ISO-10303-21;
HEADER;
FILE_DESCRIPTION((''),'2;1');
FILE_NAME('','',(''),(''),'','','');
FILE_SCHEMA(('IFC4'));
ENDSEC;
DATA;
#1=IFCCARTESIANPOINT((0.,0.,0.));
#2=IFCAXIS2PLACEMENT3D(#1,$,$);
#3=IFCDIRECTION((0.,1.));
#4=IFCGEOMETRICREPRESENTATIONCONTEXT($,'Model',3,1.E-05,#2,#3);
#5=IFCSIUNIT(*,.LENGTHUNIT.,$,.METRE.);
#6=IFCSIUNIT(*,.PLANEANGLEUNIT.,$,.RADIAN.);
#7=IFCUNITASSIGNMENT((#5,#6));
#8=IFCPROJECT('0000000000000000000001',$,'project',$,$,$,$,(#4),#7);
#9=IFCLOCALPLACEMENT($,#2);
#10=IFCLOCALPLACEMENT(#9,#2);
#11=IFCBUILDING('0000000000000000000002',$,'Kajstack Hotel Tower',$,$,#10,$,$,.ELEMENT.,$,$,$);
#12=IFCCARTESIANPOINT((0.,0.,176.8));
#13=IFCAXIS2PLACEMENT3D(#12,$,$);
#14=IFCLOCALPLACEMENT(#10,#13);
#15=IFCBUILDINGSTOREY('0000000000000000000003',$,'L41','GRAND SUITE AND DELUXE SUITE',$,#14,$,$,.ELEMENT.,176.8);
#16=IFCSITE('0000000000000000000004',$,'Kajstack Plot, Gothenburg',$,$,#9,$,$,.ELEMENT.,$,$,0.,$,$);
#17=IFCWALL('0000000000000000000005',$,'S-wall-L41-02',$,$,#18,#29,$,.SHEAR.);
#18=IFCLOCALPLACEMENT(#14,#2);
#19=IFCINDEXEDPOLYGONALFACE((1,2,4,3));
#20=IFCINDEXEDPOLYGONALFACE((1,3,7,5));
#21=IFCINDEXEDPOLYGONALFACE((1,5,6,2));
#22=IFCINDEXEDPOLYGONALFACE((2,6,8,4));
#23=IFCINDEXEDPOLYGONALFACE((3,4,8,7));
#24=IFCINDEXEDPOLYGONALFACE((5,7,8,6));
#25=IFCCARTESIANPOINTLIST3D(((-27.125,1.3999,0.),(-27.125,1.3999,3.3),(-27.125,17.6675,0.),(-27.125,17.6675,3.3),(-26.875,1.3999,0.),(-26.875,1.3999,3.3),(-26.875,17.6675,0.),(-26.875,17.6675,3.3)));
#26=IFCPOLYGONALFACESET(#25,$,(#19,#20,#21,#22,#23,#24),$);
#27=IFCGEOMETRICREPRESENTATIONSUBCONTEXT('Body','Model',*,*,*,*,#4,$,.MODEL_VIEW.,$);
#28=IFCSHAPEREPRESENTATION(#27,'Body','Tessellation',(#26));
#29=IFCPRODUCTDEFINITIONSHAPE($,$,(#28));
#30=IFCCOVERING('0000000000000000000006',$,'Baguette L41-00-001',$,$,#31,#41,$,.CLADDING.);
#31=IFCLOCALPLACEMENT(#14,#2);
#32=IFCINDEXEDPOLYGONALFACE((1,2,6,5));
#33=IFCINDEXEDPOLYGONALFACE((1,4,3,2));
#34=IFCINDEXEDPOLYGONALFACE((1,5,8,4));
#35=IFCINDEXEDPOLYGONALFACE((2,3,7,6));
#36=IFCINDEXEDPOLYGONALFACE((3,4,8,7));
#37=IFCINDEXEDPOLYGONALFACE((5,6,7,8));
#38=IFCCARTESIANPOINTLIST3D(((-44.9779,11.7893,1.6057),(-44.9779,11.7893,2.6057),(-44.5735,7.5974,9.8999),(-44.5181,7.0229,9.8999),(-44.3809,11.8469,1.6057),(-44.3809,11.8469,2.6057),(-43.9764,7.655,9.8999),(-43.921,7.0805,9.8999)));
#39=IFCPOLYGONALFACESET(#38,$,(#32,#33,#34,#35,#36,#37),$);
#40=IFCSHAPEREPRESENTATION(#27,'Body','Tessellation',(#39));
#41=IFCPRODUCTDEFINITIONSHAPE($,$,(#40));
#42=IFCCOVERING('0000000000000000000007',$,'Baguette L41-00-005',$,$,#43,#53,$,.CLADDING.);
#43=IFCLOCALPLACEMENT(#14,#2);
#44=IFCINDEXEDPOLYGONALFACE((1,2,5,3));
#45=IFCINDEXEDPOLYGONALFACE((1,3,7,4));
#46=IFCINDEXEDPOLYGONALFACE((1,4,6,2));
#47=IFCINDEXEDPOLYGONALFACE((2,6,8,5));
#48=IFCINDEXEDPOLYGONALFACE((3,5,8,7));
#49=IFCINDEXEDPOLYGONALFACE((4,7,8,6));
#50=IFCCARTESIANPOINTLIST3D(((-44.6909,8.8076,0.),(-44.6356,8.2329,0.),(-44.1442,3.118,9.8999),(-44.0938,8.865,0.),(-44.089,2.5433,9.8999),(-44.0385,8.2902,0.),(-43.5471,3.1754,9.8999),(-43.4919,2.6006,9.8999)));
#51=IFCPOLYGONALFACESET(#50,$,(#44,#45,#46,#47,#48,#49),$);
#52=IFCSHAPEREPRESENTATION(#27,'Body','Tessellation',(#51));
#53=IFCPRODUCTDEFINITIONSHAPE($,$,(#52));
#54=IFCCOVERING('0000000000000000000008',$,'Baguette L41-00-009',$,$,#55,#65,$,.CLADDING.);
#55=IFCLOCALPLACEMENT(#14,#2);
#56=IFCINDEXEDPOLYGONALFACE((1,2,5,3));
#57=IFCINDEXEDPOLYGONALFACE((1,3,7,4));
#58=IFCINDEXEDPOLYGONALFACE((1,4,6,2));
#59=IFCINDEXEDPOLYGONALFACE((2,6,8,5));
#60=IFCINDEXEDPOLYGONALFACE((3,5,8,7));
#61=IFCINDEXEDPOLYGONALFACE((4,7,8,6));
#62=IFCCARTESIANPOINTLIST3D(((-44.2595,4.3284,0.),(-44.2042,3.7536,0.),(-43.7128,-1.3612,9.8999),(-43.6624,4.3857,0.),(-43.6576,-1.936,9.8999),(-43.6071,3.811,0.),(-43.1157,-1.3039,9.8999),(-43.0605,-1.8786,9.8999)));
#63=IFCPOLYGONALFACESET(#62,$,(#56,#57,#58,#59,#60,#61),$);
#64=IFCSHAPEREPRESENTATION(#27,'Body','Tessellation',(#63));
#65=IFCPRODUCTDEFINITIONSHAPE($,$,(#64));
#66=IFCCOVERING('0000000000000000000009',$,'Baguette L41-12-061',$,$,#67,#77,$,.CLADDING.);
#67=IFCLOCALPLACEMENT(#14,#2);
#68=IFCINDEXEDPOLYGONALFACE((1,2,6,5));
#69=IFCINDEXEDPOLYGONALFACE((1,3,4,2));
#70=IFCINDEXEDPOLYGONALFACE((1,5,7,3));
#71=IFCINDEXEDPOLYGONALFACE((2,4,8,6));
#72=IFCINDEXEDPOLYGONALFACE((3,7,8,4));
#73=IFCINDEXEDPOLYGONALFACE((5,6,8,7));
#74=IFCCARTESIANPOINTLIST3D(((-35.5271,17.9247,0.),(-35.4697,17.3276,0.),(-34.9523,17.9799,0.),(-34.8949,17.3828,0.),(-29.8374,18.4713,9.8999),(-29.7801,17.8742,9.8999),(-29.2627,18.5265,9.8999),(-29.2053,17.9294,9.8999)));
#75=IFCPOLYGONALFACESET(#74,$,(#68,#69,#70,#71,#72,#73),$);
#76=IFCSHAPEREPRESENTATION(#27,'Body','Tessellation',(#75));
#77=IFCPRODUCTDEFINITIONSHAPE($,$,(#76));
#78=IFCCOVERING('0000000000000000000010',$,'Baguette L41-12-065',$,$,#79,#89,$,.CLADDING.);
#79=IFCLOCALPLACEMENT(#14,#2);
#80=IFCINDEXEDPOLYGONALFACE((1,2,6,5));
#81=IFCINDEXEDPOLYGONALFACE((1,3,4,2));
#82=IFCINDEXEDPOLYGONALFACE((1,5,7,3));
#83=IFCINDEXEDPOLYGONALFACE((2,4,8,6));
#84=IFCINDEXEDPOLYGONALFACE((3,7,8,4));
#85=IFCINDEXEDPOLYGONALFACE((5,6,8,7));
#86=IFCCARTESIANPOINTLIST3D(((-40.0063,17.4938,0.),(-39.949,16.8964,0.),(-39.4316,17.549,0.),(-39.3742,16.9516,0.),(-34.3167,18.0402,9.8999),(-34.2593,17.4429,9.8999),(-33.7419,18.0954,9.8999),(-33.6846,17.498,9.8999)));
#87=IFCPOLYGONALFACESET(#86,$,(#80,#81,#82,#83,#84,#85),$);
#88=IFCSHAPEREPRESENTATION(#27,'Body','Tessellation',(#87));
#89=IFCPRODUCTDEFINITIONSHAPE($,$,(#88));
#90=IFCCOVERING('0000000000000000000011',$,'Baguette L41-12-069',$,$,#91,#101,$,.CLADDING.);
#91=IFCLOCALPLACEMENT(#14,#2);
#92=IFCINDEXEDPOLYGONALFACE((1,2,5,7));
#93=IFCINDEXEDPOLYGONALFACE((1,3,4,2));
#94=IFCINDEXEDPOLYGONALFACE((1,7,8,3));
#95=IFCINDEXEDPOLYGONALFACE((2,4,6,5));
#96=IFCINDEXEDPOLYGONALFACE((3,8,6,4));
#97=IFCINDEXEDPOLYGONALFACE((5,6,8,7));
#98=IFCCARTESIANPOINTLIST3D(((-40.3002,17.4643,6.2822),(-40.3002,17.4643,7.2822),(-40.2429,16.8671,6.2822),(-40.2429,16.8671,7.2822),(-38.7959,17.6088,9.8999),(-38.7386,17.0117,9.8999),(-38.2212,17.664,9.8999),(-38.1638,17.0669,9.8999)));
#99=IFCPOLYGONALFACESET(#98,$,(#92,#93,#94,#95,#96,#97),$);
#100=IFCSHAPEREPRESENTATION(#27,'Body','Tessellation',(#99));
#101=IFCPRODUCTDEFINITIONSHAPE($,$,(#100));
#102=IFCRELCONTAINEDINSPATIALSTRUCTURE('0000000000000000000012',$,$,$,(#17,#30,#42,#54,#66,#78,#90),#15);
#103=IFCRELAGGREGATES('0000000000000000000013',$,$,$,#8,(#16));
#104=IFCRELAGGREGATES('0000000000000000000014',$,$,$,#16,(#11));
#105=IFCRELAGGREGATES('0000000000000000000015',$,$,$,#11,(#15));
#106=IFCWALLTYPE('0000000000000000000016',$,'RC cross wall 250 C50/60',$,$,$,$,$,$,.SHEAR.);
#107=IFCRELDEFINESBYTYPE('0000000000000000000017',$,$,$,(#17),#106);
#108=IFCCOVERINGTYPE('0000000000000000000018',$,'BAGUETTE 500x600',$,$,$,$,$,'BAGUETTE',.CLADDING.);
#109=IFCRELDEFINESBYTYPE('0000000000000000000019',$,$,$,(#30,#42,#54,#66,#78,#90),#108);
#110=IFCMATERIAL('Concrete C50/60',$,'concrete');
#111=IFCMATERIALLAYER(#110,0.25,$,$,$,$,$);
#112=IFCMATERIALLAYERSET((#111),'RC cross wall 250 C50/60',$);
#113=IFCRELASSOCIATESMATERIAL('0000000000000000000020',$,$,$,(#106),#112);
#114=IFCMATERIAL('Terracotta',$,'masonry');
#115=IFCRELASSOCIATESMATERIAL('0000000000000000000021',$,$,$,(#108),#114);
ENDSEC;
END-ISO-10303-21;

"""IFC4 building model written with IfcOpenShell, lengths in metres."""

from ifc_helpers import new_model, si_unit, direction, frame, frame_2d, origin, origin_2d, place, context, subcontext, project, spatial, polyline, rectangle, outline, extrude, material, layer, layer_set, material_profile, profile_set, type_object, element, save


model = new_model("IFC4")

# Units and contexts
model_context = context("Model", 3, precision=1e-05, world=origin(), true_north=direction((0.0, 1.0)))
body_context = subcontext(model_context, "Body", "Model", "MODEL_VIEW")
ifc_project = project(units=[si_unit("LENGTHUNIT", "METRE"), si_unit("PLANEANGLEUNIT", "RADIAN")], contexts=[model_context])

# Site, building, storey
site_placement = place(None, origin())
site = spatial("IfcSite", under=ifc_project, at=site_placement, Name="Kajstack Plot, Gothenburg", CompositionType="ELEMENT", RefElevation=0.0)
building_placement = place(site_placement, origin())
building = spatial("IfcBuilding", under=site, at=building_placement, Name="Kajstack Hotel Tower", CompositionType="ELEMENT")
storey_placement = place(building_placement, frame((0.0, 0.0, 176.8)))
storey = spatial("IfcBuildingStorey", under=building, at=storey_placement, Name="L41", Description="GRAND SUITE AND DELUXE SUITE", CompositionType="ELEMENT", Elevation=176.8)

# Wall
ifc_material_1 = material(Name="Concrete C50/60", Category="concrete")
ifc_layer_1 = layer(ifc_material_1, 0.25)
ifc_layer_set_1 = layer_set([ifc_layer_1], Name="RC cross wall 250 C50/60")
wall_type_1 = type_object("IfcWallType", Name="RC cross wall 250 C50/60", PredefinedType="SHEAR", material=ifc_layer_set_1)
wall_1_placement = place(storey_placement, frame((-27.0, 1.3999, 0.0), z_axis=(0.0, 0.0, 1.0), x_axis=(0.0, 1.0, 0.0)))
element("IfcWall", 1, at=wall_1_placement, inside=storey, type_object=wall_type_1, Name="S-wall-L41-02", PredefinedType="SHEAR", context=body_context, shape_type="SweptSolid", body=[
    extrude(rectangle(XDim=16.2676, YDim=0.25, at=frame_2d((8.1338, 0.0))), origin(), (0.0, 0.0, 1.0), 3.3),
])

# Coverings
ifc_material_2 = material(Name="Terracotta", Category="masonry")
ifc_material_profile = material_profile(ifc_material_2, rectangle(XDim=0.6001, YDim=0.5, at=origin_2d()), Name="Terracotta-clad concrete baguette 500 x 600")
ifc_profile_set = profile_set([ifc_material_profile], Name="Terracotta")
covering_type = type_object("IfcCoveringType", Name="BAGUETTE 500x600", ElementType="BAGUETTE", PredefinedType="CLADDING", material=ifc_profile_set)
covering_1_placement = place(storey_placement, frame((-44.3809, 11.8469, 0.0), z_axis=(-0.995378, -0.096038, 0.0), x_axis=(0.096038, -0.995378, 0.0)))
element("IfcCovering", 2, at=covering_1_placement, inside=storey, type_object=covering_type, Name="Baguette L41-00-001", PredefinedType="CLADDING", context=body_context, shape_type="SweptSolid", body=[
    extrude(outline(polyline([(4.2114, 9.8999), (0.0, 2.6057), (0.0, 1.6057), (4.7886, 9.8999), (4.2114, 9.8999)])), origin(), (0.0, 0.0, 1.0), 0.5999),
])
for number, where, z_axis, x_axis, name in (
    (3, (-44.0938, 8.865, 0.0), (-0.995416, -0.095635, 0.0), (0.095635, -0.995416, 0.0), "Baguette L41-00-005"),
    (4, (-43.6624, 4.3857, 0.0), (-0.995416, -0.095635, 0.0), (0.095635, -0.995416, 0.0), "Baguette L41-00-009"),
):
    element("IfcCovering", number, at=place(storey_placement, frame(where, z_axis=z_axis, x_axis=x_axis)), inside=storey, type_object=covering_type, Name=name, PredefinedType="CLADDING", context=body_context, shape_type="SweptSolid", body=[
        extrude(outline(polyline([(5.7158, 9.8999), (0.0, 0.0), (0.5774, 0.0), (6.2932, 9.8999), (5.7158, 9.8999)])), origin(), (0.0, 0.0, 1.0), 0.5999),
    ])
covering_2_placement = place(storey_placement, frame((-29.2053, 17.9294, 0.0), z_axis=(-0.095635, 0.995416, 0.0), x_axis=(-0.995416, -0.095635, 0.0)))
element("IfcCovering", 5, at=covering_2_placement, inside=storey, type_object=covering_type, Name="Baguette L41-12-061", PredefinedType="CLADDING", context=body_context, shape_type="SweptSolid", body=[
    extrude(outline(polyline([(0.0, 9.8999), (5.7158, 0.0), (6.2932, 0.0), (0.5774, 9.8999), (0.0, 9.8999)])), origin(), (0.0, 0.0, 1.0), 0.5999),
])
covering_3_placement = place(storey_placement, frame((-33.6846, 17.498, 0.0), z_axis=(-0.095596, 0.99542, 0.0), x_axis=(-0.99542, -0.095596, 0.0)))
element("IfcCovering", 6, at=covering_3_placement, inside=storey, type_object=covering_type, Name="Baguette L41-12-065", PredefinedType="CLADDING", context=body_context, shape_type="SweptSolid", body=[
    extrude(outline(polyline([(0.0, 9.8999), (5.7158, 0.0), (6.2932, 0.0), (0.5774, 9.8999), (0.0, 9.8999)])), origin(), (0.0, 0.0, 1.0), 0.6001),
])
covering_4_placement = place(storey_placement, frame((-38.1638, 17.0669, 0.0), z_axis=(-0.095635, 0.995416, 0.0), x_axis=(-0.995416, -0.095635, 0.0)))
element("IfcCovering", 7, at=covering_4_placement, inside=storey, type_object=covering_type, Name="Baguette L41-12-069", PredefinedType="CLADDING", context=body_context, shape_type="SweptSolid", body=[
    extrude(outline(polyline([(0.0, 9.8999), (2.0886, 6.2822), (2.0886, 7.2822), (0.5774, 9.8999), (0.0, 9.8999)])), origin(), (0.0, 0.0, 1.0), 0.5999),
])

save(model, "model.ifc")
